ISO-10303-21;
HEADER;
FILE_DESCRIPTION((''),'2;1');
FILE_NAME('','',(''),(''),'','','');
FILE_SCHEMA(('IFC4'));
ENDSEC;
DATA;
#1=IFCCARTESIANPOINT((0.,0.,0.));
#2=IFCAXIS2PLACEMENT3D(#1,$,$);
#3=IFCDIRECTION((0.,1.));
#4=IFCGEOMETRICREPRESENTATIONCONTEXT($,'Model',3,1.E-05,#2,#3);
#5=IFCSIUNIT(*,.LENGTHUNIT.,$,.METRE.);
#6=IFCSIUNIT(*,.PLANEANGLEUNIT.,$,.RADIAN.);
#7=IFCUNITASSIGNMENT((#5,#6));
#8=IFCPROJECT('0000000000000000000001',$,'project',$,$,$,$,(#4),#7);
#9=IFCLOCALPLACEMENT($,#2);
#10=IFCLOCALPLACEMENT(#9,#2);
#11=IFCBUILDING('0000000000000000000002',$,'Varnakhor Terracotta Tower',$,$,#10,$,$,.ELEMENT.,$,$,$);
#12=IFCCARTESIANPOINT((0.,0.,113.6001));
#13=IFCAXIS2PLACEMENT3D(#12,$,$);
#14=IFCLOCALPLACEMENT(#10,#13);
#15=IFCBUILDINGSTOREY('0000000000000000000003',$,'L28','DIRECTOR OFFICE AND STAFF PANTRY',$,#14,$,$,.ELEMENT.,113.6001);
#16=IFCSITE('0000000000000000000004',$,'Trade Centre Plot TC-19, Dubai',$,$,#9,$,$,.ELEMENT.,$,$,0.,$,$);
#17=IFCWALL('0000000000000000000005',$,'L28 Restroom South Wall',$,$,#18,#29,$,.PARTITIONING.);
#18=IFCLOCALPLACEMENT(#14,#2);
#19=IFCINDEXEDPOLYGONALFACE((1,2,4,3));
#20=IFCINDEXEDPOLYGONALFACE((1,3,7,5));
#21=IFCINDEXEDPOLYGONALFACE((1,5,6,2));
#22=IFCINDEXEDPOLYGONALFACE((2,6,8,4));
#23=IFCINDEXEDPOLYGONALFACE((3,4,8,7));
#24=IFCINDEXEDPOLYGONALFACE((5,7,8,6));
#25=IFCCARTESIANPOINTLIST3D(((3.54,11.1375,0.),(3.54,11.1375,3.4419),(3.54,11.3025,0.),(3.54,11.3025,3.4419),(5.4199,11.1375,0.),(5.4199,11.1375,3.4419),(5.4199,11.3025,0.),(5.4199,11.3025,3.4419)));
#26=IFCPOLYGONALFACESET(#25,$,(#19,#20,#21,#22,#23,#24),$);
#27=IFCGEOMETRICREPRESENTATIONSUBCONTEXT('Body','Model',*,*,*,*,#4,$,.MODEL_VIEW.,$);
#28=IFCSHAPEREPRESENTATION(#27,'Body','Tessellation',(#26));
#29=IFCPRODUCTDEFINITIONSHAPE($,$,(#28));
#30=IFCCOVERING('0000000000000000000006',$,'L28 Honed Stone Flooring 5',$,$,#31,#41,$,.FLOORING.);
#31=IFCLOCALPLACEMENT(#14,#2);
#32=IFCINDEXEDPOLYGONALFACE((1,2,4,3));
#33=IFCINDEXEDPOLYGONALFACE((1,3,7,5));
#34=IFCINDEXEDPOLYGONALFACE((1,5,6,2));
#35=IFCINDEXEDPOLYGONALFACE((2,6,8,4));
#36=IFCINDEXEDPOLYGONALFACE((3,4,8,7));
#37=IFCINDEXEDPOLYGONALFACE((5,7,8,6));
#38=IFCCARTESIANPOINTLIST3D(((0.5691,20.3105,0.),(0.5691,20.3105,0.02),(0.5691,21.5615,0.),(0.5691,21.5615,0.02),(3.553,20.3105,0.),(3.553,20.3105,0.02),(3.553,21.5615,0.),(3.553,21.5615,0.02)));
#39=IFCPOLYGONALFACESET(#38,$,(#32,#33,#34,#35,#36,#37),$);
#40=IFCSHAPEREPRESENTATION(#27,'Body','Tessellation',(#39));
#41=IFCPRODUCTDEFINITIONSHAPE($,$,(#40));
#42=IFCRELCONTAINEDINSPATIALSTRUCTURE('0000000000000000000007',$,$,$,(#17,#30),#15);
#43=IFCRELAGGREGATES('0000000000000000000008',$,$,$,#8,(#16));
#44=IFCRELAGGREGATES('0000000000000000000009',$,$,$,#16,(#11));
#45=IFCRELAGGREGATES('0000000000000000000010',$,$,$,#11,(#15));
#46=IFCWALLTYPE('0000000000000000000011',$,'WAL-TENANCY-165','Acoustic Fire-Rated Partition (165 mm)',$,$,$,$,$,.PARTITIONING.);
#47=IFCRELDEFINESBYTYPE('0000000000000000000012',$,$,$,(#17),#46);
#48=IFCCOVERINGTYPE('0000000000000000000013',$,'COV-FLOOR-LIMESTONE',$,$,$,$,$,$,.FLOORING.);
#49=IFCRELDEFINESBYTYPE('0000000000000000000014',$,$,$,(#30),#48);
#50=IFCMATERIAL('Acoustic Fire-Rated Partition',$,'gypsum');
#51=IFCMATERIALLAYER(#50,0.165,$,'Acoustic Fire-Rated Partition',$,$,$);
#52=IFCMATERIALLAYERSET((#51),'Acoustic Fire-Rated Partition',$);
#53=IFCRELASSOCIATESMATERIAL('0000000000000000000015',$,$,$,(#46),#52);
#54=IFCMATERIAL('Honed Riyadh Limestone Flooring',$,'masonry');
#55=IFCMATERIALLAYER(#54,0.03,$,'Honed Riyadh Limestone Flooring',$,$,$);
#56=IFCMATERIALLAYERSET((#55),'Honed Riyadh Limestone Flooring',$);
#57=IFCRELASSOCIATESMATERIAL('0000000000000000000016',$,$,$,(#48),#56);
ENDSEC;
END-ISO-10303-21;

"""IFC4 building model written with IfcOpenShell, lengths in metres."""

from ifc_helpers import new_model, si_unit, direction, frame, frame_2d, origin, origin_2d, place, context, subcontext, project, spatial, rectangle, extrude, source, transform, mapped, material, layer, layer_set, type_object, element, save


model = new_model("IFC4")

# Units and contexts
model_context = context("Model", 3, precision=1e-05, world=origin(), true_north=direction((0.0, 1.0)))
body_context = subcontext(model_context, "Body", "Model", "MODEL_VIEW")
ifc_project = project(units=[si_unit("LENGTHUNIT", "METRE"), si_unit("PLANEANGLEUNIT", "RADIAN")], contexts=[model_context])

# Site, building, storey
site_placement = place(None, origin())
site = spatial("IfcSite", under=ifc_project, at=site_placement, Name="Trade Centre Plot TC-19, Dubai", CompositionType="ELEMENT", RefElevation=0.0)
building_placement = place(site_placement, origin())
building = spatial("IfcBuilding", under=site, at=building_placement, Name="Varnakhor Terracotta Tower", CompositionType="ELEMENT")
storey_placement = place(building_placement, frame((0.0, 0.0, 113.6001)))
storey = spatial("IfcBuildingStorey", under=building, at=storey_placement, Name="L28", Description="DIRECTOR OFFICE AND STAFF PANTRY", CompositionType="ELEMENT", Elevation=113.6001)

# Shared definitions
ifc_material_1 = material(Name="Acoustic Fire-Rated Partition", Category="gypsum")
ifc_layer_1 = layer(ifc_material_1, 0.165, Name="Acoustic Fire-Rated Partition")
ifc_layer_set_1 = layer_set([ifc_layer_1], Name="Acoustic Fire-Rated Partition")
wall_type_1 = type_object("IfcWallType", Name="WAL-TENANCY-165", Description="Acoustic Fire-Rated Partition (165 mm)", PredefinedType="PARTITIONING", material=ifc_layer_set_1)

# Wall
wall_1_placement = place(storey_placement, frame((3.54, 11.22, 0.0), z_axis=(0.0, 0.0, 1.0), x_axis=(1.0, 0.0, 0.0)))
element("IfcWall", 1, at=wall_1_placement, inside=storey, type_object=wall_type_1, Name="L28 Restroom South Wall", PredefinedType="PARTITIONING", context=body_context, shape_type="SweptSolid", body=[
    extrude(rectangle(XDim=1.8799, YDim=0.165, at=frame_2d((0.9399, 0.0))), origin(), (0.0, 0.0, 1.0), 3.4419),
])

# Covering
ifc_material_2 = material(Name="Honed Riyadh Limestone Flooring", Category="masonry")
ifc_layer_2 = layer(ifc_material_2, 0.03, Name="Honed Riyadh Limestone Flooring")
ifc_layer_set_2 = layer_set([ifc_layer_2], Name="Honed Riyadh Limestone Flooring")
covering_type = type_object("IfcCoveringType", Name="COV-FLOOR-LIMESTONE", PredefinedType="FLOORING", material=ifc_layer_set_2)
shared_shape_1 = source(origin(), body_context, "Body", "SweptSolid", [
    extrude(rectangle(XDim=2.9839, YDim=1.251, at=origin_2d()), origin(), (0.0, 0.0, 1.0), 0.02),
])
covering_placement = place(storey_placement, frame((2.061, 20.936, 0.0), z_axis=(0.0, 0.0, 1.0), x_axis=(1.0, 0.0, 0.0)))
element("IfcCovering", 2, at=covering_placement, inside=storey, type_object=covering_type, Name="L28 Honed Stone Flooring 5", PredefinedType="FLOORING", context=body_context, shape_type="MappedRepresentation", body=[
    mapped(shared_shape_1, transform((0.0, 0.0, 0.0), scale=1.0)),
])

save(model, "model.ifc")
